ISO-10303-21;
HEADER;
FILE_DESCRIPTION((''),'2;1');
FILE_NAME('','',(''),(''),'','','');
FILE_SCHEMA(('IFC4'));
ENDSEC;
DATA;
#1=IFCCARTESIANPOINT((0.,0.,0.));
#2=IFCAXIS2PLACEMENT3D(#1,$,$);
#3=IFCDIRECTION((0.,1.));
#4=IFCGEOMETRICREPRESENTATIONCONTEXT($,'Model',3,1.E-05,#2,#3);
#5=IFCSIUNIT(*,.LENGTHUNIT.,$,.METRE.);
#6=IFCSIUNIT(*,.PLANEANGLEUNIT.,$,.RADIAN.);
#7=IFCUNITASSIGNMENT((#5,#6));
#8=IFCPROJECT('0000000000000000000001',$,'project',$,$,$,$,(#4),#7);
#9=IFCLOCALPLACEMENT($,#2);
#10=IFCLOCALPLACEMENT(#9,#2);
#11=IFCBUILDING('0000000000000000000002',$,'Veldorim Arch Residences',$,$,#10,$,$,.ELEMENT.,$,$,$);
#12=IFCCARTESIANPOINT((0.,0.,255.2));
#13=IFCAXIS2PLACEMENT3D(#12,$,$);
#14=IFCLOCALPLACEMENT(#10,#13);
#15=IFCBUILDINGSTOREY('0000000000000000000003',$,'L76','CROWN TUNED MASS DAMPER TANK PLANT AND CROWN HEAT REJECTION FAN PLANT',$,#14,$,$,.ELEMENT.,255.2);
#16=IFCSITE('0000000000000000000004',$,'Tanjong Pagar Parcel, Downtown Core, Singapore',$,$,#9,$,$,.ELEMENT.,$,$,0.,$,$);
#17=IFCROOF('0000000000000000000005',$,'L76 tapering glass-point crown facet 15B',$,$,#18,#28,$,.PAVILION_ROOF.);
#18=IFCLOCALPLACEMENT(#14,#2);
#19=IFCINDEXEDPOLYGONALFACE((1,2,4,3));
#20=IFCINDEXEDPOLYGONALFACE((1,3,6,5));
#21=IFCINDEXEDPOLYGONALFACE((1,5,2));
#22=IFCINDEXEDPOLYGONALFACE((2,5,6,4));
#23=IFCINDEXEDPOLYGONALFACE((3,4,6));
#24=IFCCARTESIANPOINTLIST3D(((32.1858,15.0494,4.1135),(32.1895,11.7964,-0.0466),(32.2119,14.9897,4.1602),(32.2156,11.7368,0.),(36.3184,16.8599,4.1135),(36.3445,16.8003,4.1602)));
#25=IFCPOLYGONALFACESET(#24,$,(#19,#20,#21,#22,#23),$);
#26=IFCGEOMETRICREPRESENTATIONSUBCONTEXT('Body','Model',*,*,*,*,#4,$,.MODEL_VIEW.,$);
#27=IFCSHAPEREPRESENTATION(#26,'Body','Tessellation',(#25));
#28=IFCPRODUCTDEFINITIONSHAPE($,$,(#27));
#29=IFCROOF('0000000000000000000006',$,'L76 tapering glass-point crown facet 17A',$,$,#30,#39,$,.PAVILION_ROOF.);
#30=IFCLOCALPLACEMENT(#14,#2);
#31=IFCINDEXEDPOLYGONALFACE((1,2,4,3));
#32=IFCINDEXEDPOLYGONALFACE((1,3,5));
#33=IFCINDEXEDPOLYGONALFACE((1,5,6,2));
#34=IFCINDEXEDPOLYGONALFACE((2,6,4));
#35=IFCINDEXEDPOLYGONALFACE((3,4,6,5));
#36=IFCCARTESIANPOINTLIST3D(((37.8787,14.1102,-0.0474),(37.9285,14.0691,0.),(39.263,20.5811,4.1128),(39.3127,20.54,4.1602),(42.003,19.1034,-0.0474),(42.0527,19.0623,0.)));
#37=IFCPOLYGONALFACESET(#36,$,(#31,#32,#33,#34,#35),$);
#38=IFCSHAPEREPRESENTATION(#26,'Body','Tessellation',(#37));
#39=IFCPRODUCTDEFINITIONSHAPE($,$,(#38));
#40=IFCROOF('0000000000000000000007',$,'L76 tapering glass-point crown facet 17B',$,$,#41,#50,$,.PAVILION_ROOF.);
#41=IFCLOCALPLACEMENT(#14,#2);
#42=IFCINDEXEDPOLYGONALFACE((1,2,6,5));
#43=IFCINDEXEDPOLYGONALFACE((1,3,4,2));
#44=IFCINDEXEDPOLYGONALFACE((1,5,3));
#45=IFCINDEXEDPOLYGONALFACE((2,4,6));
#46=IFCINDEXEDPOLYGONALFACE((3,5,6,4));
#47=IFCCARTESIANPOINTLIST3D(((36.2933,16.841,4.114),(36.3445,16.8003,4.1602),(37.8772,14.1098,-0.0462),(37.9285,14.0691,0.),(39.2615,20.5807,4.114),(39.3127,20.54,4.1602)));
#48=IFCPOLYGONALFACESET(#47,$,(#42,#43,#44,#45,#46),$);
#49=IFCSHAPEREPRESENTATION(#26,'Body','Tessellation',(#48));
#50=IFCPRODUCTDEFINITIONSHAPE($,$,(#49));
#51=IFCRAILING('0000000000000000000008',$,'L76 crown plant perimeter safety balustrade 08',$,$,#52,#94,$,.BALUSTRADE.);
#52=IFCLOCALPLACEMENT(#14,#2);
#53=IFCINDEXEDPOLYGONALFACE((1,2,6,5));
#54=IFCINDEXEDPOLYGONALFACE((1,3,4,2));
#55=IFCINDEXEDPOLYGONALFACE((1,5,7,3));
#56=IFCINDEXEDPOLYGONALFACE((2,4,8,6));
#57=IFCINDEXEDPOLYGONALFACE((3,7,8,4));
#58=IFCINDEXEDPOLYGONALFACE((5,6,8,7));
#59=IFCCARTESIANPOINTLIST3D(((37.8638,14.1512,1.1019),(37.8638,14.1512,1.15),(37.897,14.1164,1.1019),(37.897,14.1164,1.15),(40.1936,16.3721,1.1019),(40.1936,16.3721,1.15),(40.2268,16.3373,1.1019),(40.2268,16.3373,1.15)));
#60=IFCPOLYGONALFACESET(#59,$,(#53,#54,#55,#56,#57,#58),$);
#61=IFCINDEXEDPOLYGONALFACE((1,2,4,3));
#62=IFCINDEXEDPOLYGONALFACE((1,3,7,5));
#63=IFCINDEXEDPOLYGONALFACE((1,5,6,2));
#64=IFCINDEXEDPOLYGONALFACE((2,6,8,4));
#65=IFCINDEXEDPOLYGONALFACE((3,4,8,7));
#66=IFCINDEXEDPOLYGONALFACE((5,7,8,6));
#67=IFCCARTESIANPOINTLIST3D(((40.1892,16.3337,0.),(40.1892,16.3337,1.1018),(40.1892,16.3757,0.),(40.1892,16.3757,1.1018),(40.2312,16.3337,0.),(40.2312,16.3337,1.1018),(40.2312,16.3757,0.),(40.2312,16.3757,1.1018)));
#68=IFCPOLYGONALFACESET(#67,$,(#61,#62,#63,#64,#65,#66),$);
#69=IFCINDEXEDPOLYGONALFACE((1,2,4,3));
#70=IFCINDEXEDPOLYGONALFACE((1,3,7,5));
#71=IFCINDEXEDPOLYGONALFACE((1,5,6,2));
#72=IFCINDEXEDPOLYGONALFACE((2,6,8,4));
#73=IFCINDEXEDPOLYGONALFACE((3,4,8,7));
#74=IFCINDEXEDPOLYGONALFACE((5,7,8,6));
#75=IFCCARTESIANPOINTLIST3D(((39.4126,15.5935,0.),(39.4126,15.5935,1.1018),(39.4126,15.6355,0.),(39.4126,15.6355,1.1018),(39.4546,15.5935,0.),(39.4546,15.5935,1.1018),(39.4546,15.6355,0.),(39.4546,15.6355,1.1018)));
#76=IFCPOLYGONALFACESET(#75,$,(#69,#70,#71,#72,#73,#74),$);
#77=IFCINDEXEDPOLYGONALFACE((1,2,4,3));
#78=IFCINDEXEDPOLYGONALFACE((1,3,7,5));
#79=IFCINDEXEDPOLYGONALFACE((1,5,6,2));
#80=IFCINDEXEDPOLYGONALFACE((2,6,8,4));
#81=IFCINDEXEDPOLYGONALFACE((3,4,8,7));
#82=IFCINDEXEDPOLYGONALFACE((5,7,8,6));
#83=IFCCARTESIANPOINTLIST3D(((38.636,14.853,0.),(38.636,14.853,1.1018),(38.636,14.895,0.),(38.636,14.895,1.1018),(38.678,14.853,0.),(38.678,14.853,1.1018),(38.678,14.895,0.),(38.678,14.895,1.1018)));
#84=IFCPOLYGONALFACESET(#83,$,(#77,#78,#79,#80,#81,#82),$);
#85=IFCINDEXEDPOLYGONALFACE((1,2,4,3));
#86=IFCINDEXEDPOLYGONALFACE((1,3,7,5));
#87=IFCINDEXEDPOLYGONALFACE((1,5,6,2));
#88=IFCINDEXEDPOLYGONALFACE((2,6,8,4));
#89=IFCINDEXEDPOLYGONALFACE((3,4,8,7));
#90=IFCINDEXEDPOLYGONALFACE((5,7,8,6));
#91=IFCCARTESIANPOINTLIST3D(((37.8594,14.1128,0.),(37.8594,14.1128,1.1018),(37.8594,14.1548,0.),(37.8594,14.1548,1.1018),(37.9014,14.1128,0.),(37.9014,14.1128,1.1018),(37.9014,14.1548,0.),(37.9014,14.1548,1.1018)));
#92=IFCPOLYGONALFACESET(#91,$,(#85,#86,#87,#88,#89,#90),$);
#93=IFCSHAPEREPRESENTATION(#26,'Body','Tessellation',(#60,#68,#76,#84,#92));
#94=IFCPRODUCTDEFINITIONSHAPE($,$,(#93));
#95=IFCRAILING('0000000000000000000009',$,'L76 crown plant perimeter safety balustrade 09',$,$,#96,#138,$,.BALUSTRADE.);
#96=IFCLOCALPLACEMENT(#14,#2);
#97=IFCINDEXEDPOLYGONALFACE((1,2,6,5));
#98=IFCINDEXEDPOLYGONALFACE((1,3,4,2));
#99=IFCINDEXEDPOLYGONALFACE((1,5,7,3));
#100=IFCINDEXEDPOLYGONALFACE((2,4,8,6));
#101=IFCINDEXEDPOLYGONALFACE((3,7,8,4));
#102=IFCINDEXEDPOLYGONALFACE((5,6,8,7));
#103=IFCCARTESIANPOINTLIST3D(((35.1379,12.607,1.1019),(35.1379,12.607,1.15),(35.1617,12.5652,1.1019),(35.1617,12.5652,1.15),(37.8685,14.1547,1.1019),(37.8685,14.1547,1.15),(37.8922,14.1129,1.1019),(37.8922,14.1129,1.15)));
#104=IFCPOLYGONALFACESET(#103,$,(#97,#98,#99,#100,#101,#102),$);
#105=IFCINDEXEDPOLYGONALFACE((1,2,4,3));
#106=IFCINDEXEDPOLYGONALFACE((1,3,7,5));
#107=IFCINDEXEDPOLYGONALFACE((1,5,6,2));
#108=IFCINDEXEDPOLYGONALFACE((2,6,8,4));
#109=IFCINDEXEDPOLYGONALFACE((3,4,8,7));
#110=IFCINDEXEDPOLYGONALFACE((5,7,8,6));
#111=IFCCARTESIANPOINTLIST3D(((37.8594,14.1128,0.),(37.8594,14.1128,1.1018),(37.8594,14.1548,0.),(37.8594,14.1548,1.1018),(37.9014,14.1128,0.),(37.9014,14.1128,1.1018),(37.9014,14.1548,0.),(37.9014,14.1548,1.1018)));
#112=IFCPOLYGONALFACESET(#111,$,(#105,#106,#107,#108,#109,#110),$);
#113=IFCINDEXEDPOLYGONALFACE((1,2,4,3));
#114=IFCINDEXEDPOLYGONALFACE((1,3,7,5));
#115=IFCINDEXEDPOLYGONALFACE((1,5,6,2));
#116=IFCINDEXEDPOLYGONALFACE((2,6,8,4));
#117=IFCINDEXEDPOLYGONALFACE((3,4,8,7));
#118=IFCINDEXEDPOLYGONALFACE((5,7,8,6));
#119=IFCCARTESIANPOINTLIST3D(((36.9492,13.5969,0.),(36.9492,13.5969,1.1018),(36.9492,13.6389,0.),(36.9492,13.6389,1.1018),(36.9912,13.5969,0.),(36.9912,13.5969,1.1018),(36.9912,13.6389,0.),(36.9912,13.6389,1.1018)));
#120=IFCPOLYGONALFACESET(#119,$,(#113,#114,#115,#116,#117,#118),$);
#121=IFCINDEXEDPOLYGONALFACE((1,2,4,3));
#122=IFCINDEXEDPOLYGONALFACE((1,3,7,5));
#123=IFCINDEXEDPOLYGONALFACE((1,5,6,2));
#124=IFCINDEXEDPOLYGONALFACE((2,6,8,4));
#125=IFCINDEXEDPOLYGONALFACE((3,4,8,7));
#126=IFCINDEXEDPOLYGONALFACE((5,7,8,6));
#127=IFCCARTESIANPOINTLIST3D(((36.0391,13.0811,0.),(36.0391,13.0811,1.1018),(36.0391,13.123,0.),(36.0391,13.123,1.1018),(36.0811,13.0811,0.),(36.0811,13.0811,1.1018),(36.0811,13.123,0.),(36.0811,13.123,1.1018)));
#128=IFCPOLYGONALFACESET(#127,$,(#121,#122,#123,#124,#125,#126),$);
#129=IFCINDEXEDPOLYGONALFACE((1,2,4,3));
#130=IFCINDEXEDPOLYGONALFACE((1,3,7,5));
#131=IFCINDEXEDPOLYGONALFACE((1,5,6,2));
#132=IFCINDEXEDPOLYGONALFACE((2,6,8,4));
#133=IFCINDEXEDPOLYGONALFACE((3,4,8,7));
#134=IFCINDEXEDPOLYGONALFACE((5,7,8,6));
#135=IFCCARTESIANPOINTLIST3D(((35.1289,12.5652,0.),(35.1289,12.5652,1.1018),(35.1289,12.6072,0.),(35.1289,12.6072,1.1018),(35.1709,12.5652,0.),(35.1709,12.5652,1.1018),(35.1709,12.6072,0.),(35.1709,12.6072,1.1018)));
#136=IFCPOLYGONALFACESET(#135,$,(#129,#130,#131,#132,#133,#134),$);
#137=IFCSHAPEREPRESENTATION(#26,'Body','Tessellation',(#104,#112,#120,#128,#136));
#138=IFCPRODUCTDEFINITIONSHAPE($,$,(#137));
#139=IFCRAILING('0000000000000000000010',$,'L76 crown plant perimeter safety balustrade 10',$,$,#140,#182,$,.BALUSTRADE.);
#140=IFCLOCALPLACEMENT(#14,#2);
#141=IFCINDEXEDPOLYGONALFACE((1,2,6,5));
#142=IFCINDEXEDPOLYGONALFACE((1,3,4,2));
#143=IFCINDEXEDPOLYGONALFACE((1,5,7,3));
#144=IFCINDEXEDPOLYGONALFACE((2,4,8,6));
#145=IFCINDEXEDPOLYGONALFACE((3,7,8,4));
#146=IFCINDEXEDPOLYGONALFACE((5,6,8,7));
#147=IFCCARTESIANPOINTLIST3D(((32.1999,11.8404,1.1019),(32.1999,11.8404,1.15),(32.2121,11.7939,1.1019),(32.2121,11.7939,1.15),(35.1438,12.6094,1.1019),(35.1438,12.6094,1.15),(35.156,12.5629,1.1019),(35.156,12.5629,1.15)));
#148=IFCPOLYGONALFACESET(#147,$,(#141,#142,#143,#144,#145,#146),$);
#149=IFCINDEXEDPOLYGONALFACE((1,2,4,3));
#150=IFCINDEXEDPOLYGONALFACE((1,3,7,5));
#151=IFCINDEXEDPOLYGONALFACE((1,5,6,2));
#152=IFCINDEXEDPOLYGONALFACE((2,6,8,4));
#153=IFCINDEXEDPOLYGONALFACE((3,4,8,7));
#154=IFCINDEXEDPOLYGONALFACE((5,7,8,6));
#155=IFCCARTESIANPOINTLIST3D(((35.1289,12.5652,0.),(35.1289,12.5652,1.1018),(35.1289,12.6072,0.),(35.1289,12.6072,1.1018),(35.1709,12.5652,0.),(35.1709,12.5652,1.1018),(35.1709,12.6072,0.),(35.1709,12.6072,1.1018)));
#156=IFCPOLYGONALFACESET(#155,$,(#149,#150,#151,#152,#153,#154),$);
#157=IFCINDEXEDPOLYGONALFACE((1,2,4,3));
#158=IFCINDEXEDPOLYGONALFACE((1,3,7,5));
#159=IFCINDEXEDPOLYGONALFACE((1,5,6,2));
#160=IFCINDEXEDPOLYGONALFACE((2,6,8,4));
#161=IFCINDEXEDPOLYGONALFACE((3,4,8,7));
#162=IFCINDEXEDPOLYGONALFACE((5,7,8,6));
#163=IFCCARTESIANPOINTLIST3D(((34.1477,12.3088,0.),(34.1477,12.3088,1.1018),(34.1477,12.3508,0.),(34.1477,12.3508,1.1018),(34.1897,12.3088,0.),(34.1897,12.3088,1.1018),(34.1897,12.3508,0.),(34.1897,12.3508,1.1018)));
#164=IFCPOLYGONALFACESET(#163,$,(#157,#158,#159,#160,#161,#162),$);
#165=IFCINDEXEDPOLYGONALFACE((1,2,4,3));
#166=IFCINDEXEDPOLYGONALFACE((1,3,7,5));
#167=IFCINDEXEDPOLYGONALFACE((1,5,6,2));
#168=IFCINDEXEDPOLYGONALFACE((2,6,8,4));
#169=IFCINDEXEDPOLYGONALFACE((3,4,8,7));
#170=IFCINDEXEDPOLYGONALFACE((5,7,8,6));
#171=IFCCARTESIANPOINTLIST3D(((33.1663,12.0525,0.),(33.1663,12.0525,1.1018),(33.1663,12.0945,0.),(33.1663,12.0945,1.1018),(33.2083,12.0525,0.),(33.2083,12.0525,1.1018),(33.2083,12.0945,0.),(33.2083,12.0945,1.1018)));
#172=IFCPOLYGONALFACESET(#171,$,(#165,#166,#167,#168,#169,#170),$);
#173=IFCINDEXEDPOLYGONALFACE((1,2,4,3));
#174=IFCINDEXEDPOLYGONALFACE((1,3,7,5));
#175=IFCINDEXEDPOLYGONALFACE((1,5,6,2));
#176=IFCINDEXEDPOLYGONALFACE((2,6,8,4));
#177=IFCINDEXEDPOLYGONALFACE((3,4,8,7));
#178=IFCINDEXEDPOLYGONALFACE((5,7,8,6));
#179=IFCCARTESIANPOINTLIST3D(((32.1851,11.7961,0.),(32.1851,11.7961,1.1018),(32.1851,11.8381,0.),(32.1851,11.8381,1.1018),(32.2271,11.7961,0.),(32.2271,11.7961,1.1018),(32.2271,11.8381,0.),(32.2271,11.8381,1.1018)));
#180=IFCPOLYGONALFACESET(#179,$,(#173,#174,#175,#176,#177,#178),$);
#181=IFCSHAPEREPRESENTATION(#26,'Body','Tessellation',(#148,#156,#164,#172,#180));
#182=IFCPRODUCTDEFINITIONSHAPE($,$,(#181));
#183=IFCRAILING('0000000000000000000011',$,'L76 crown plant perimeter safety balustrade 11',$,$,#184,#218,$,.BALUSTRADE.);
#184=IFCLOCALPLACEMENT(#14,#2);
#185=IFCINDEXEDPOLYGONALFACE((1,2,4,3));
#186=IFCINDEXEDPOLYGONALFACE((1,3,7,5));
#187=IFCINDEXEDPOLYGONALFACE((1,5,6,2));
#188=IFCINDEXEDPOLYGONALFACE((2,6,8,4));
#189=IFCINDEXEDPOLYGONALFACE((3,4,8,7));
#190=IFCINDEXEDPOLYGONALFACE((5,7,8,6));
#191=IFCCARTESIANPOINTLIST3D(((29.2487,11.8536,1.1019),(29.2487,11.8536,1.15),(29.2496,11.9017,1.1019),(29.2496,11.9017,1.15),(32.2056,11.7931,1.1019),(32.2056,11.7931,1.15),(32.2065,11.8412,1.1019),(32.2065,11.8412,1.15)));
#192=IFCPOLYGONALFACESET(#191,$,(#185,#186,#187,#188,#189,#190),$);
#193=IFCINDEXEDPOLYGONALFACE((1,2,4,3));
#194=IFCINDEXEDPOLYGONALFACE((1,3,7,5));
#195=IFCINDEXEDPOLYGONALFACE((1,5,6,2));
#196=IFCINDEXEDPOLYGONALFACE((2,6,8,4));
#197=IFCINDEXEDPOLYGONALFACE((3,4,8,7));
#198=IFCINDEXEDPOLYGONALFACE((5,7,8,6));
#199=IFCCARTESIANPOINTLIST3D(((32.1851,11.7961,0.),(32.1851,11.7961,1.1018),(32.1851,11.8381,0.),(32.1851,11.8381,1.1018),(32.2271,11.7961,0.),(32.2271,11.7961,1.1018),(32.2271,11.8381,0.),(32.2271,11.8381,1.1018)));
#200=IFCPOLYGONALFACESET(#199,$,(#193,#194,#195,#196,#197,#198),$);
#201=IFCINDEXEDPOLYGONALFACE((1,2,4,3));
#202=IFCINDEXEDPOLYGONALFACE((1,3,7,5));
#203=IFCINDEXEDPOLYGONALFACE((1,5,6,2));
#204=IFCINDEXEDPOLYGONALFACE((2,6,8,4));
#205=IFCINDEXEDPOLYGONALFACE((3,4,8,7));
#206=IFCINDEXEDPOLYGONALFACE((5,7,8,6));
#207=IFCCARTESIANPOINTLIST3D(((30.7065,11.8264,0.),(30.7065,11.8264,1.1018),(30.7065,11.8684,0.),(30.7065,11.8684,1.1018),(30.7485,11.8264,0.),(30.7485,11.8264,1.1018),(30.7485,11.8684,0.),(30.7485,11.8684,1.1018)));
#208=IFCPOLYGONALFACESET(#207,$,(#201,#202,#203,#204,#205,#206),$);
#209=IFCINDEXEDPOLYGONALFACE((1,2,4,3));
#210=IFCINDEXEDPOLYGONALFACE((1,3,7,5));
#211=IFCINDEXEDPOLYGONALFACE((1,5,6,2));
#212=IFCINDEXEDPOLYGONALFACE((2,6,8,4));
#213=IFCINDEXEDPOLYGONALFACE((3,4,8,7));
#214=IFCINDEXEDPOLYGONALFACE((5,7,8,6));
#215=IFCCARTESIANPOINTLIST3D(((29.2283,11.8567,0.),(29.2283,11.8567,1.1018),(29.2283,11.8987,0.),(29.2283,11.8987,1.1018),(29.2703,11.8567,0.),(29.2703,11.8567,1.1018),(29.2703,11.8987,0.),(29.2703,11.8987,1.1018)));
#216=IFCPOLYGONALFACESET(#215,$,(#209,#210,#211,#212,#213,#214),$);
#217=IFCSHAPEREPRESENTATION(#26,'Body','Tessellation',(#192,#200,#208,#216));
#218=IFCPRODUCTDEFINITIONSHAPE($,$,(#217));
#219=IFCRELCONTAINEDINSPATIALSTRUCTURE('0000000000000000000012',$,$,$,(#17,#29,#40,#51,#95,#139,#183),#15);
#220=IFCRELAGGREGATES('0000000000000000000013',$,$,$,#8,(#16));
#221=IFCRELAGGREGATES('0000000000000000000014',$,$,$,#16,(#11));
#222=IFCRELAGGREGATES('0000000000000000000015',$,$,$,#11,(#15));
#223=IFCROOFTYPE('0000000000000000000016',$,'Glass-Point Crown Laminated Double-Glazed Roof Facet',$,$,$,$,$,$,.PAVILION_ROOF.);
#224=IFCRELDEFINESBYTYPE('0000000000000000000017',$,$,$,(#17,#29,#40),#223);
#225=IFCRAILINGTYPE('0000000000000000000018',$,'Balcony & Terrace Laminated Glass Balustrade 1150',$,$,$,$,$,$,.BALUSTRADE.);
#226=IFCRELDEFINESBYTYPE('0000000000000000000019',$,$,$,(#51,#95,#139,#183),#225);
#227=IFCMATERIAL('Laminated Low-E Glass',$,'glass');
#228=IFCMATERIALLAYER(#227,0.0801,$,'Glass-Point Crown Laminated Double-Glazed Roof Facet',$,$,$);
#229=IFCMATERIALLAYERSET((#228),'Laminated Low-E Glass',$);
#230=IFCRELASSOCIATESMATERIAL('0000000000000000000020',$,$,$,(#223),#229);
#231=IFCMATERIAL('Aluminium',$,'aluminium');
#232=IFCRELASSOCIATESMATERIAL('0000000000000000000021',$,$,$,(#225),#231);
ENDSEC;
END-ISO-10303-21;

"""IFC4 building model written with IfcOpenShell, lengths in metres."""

from ifc_helpers import new_model, si_unit, direction, frame, origin, origin_2d, place, context, subcontext, project, spatial, polyline, rectangle, outline, extrude, material, layer, layer_set, type_object, element, save


model = new_model("IFC4")

# Units and contexts
model_context = context("Model", 3, precision=1e-05, world=origin(), true_north=direction((0.0, 1.0)))
body_context = subcontext(model_context, "Body", "Model", "MODEL_VIEW")
ifc_project = project(units=[si_unit("LENGTHUNIT", "METRE"), si_unit("PLANEANGLEUNIT", "RADIAN")], contexts=[model_context])

# Site, building, storey
site_placement = place(None, origin())
site = spatial("IfcSite", under=ifc_project, at=site_placement, Name="Tanjong Pagar Parcel, Downtown Core, Singapore", CompositionType="ELEMENT", RefElevation=0.0)
building_placement = place(site_placement, origin())
building = spatial("IfcBuilding", under=site, at=building_placement, Name="Veldorim Arch Residences", CompositionType="ELEMENT")
storey_placement = place(building_placement, frame((0.0, 0.0, 255.2)))
storey = spatial("IfcBuildingStorey", under=building, at=storey_placement, Name="L76", Description="CROWN TUNED MASS DAMPER TANK PLANT AND CROWN HEAT REJECTION FAN PLANT", CompositionType="ELEMENT", Elevation=255.2)

# Roofs
ifc_material_1 = material(Name="Laminated Low-E Glass", Category="glass")
ifc_layer_1 = layer(ifc_material_1, 0.0801, Name="Glass-Point Crown Laminated Double-Glazed Roof Facet")
ifc_layer_set_1 = layer_set([ifc_layer_1], Name="Laminated Low-E Glass")
roof_type = type_object("IfcRoofType", Name="Glass-Point Crown Laminated Double-Glazed Roof Facet", PredefinedType="PAVILION_ROOF", material=ifc_layer_set_1)
roof_1_placement = place(storey_placement, frame((32.2156, 11.7368, 0.0), z_axis=(0.326195, -0.744538, 0.58246), x_axis=(0.533068, 0.653727, 0.537103)))
element("IfcRoof", 1, at=roof_1_placement, inside=storey, type_object=roof_type, Name="L76 tapering glass-point crown facet 15B", PredefinedType="PAVILION_ROOF", context=body_context, shape_type="SweptSolid", body=[
    extrude(outline(polyline([(0.0, 0.0), (7.7456, 0.0), (4.359, 2.9812), (0.0, 0.0)])), origin(), (0.0, 0.0, -1.0), 0.0801),
])
roof_2_placement = place(storey_placement, frame((37.9285, 14.0691, 0.0), z_axis=(0.621536, -0.513378, 0.591724), x_axis=(0.636834, 0.771001, 0.0)))
element("IfcRoof", 2, at=roof_2_placement, inside=storey, type_object=roof_type, Name="L76 tapering glass-point crown facet 17A", PredefinedType="PAVILION_ROOF", context=body_context, shape_type="SweptSolid", body=[
    extrude(outline(polyline([(0.0, 0.0), (6.4762, 0.0), (5.8707, 5.1606), (0.0, 0.0)])), origin(), (0.0, 0.0, -1.0), 0.0801),
])
roof_3_placement = place(storey_placement, frame((37.9285, 14.0691, 0.0), z_axis=(0.639756, -0.507779, 0.576952), x_axis=(0.177099, 0.827867, 0.532234)))
element("IfcRoof", 3, at=roof_3_placement, inside=storey, type_object=roof_type, Name="L76 tapering glass-point crown facet 17B", PredefinedType="PAVILION_ROOF", context=body_context, shape_type="SweptSolid", body=[
    extrude(outline(polyline([(0.0, 0.0), (7.8164, 0.0), (4.1947, 3.1112), (0.0, 0.0)])), origin(), (0.0, 0.0, -1.0), 0.0801),
])

# Railings
ifc_material_2 = material(Name="Aluminium", Category="aluminium")
railing_type = type_object("IfcRailingType", Name="Balcony & Terrace Laminated Glass Balustrade 1150", PredefinedType="BALUSTRADE", material=ifc_material_2)
railing_1_placement = place(storey_placement, frame((40.2102, 16.3547, 0.0)))
element("IfcRailing", 4, at=railing_1_placement, inside=storey, type_object=railing_type, Name="L76 crown plant perimeter safety balustrade 08", PredefinedType="BALUSTRADE", context=body_context, shape_type="SweptSolid", body=[
    extrude(rectangle(XDim=0.0481, YDim=0.0481, at=origin_2d()), frame((0.0, 0.0, 1.126), z_axis=(-0.723819, -0.68999, 0.0), x_axis=(0.68999, -0.723819, 0.0)), (0.0, 0.0, 1.0), 3.2188),
    extrude(rectangle(XDim=0.042, YDim=0.042, at=origin_2d()), origin(), (0.0, 0.0, 1.0), 1.1018),
    extrude(rectangle(XDim=0.042, YDim=0.042, at=origin_2d()), frame((-0.7766, -0.7402, 0.0)), (0.0, 0.0, 1.0), 1.1018),
    extrude(rectangle(XDim=0.042, YDim=0.042, at=origin_2d()), frame((-1.5532, -1.4807, 0.0)), (0.0, 0.0, 1.0), 1.1018),
    extrude(rectangle(XDim=0.042, YDim=0.042, at=origin_2d()), frame((-2.3298, -2.2209, 0.0)), (0.0, 0.0, 1.0), 1.1018),
])
railing_2_placement = place(storey_placement, frame((37.8804, 14.1338, 0.0)))
element("IfcRailing", 5, at=railing_2_placement, inside=storey, type_object=railing_type, Name="L76 crown plant perimeter safety balustrade 09", PredefinedType="BALUSTRADE", context=body_context, shape_type="SweptSolid", body=[
    extrude(rectangle(XDim=0.0481, YDim=0.0481, at=origin_2d()), frame((0.0, 0.0, 1.126), z_axis=(-0.869975, -0.493095, 0.0), x_axis=(0.493095, -0.869975, 0.0)), (0.0, 0.0, 1.0), 3.1387),
    extrude(rectangle(XDim=0.042, YDim=0.042, at=origin_2d()), origin(), (0.0, 0.0, 1.0), 1.1018),
    extrude(rectangle(XDim=0.042, YDim=0.042, at=origin_2d()), frame((-0.9102, -0.5159, 0.0)), (0.0, 0.0, 1.0), 1.1018),
    extrude(rectangle(XDim=0.042, YDim=0.042, at=origin_2d()), frame((-1.8203, -1.0317, 0.0)), (0.0, 0.0, 1.0), 1.1018),
    extrude(rectangle(XDim=0.042, YDim=0.042, at=origin_2d()), frame((-2.7305, -1.5476, 0.0)), (0.0, 0.0, 1.0), 1.1018),
])
railing_3_placement = place(storey_placement, frame((35.1499, 12.5862, 0.0)))
element("IfcRailing", 6, at=railing_3_placement, inside=storey, type_object=railing_type, Name="L76 crown plant perimeter safety balustrade 10", PredefinedType="BALUSTRADE", context=body_context, shape_type="SweptSolid", body=[
    extrude(rectangle(XDim=0.0481, YDim=0.0481, at=origin_2d()), frame((0.0, 0.0, 1.126), z_axis=(-0.96753, -0.252755, 0.0), x_axis=(0.252755, -0.96753, 0.0)), (0.0, 0.0, 1.0), 3.0427),
    extrude(rectangle(XDim=0.042, YDim=0.042, at=origin_2d()), origin(), (0.0, 0.0, 1.0), 1.1018),
    extrude(rectangle(XDim=0.042, YDim=0.042, at=origin_2d()), frame((-0.9812, -0.2563, 0.0)), (0.0, 0.0, 1.0), 1.1018),
    extrude(rectangle(XDim=0.042, YDim=0.042, at=origin_2d()), frame((-1.9626, -0.5127, 0.0)), (0.0, 0.0, 1.0), 1.1018),
    extrude(rectangle(XDim=0.042, YDim=0.042, at=origin_2d()), frame((-2.9438, -0.769, 0.0)), (0.0, 0.0, 1.0), 1.1018),
])
railing_4_placement = place(storey_placement, frame((32.2061, 11.8171, 0.0)))
element("IfcRailing", 7, at=railing_4_placement, inside=storey, type_object=railing_type, Name="L76 crown plant perimeter safety balustrade 11", PredefinedType="BALUSTRADE", context=body_context, shape_type="SweptSolid", body=[
    extrude(rectangle(XDim=0.0481, YDim=0.0481, at=origin_2d()), frame((0.0, 0.0, 1.126), z_axis=(-0.99979, 0.020473, 0.0), x_axis=(-0.020473, -0.99979, 0.0)), (0.0, 0.0, 1.0), 2.9575),
    extrude(rectangle(XDim=0.042, YDim=0.042, at=origin_2d()), origin(), (0.0, 0.0, 1.0), 1.1018),
    extrude(rectangle(XDim=0.042, YDim=0.042, at=origin_2d()), frame((-1.4785, 0.0303, 0.0)), (0.0, 0.0, 1.0), 1.1018),
    extrude(rectangle(XDim=0.042, YDim=0.042, at=origin_2d()), frame((-2.9568, 0.0605, 0.0)), (0.0, 0.0, 1.0), 1.1018),
])

save(model, "model.ifc")
